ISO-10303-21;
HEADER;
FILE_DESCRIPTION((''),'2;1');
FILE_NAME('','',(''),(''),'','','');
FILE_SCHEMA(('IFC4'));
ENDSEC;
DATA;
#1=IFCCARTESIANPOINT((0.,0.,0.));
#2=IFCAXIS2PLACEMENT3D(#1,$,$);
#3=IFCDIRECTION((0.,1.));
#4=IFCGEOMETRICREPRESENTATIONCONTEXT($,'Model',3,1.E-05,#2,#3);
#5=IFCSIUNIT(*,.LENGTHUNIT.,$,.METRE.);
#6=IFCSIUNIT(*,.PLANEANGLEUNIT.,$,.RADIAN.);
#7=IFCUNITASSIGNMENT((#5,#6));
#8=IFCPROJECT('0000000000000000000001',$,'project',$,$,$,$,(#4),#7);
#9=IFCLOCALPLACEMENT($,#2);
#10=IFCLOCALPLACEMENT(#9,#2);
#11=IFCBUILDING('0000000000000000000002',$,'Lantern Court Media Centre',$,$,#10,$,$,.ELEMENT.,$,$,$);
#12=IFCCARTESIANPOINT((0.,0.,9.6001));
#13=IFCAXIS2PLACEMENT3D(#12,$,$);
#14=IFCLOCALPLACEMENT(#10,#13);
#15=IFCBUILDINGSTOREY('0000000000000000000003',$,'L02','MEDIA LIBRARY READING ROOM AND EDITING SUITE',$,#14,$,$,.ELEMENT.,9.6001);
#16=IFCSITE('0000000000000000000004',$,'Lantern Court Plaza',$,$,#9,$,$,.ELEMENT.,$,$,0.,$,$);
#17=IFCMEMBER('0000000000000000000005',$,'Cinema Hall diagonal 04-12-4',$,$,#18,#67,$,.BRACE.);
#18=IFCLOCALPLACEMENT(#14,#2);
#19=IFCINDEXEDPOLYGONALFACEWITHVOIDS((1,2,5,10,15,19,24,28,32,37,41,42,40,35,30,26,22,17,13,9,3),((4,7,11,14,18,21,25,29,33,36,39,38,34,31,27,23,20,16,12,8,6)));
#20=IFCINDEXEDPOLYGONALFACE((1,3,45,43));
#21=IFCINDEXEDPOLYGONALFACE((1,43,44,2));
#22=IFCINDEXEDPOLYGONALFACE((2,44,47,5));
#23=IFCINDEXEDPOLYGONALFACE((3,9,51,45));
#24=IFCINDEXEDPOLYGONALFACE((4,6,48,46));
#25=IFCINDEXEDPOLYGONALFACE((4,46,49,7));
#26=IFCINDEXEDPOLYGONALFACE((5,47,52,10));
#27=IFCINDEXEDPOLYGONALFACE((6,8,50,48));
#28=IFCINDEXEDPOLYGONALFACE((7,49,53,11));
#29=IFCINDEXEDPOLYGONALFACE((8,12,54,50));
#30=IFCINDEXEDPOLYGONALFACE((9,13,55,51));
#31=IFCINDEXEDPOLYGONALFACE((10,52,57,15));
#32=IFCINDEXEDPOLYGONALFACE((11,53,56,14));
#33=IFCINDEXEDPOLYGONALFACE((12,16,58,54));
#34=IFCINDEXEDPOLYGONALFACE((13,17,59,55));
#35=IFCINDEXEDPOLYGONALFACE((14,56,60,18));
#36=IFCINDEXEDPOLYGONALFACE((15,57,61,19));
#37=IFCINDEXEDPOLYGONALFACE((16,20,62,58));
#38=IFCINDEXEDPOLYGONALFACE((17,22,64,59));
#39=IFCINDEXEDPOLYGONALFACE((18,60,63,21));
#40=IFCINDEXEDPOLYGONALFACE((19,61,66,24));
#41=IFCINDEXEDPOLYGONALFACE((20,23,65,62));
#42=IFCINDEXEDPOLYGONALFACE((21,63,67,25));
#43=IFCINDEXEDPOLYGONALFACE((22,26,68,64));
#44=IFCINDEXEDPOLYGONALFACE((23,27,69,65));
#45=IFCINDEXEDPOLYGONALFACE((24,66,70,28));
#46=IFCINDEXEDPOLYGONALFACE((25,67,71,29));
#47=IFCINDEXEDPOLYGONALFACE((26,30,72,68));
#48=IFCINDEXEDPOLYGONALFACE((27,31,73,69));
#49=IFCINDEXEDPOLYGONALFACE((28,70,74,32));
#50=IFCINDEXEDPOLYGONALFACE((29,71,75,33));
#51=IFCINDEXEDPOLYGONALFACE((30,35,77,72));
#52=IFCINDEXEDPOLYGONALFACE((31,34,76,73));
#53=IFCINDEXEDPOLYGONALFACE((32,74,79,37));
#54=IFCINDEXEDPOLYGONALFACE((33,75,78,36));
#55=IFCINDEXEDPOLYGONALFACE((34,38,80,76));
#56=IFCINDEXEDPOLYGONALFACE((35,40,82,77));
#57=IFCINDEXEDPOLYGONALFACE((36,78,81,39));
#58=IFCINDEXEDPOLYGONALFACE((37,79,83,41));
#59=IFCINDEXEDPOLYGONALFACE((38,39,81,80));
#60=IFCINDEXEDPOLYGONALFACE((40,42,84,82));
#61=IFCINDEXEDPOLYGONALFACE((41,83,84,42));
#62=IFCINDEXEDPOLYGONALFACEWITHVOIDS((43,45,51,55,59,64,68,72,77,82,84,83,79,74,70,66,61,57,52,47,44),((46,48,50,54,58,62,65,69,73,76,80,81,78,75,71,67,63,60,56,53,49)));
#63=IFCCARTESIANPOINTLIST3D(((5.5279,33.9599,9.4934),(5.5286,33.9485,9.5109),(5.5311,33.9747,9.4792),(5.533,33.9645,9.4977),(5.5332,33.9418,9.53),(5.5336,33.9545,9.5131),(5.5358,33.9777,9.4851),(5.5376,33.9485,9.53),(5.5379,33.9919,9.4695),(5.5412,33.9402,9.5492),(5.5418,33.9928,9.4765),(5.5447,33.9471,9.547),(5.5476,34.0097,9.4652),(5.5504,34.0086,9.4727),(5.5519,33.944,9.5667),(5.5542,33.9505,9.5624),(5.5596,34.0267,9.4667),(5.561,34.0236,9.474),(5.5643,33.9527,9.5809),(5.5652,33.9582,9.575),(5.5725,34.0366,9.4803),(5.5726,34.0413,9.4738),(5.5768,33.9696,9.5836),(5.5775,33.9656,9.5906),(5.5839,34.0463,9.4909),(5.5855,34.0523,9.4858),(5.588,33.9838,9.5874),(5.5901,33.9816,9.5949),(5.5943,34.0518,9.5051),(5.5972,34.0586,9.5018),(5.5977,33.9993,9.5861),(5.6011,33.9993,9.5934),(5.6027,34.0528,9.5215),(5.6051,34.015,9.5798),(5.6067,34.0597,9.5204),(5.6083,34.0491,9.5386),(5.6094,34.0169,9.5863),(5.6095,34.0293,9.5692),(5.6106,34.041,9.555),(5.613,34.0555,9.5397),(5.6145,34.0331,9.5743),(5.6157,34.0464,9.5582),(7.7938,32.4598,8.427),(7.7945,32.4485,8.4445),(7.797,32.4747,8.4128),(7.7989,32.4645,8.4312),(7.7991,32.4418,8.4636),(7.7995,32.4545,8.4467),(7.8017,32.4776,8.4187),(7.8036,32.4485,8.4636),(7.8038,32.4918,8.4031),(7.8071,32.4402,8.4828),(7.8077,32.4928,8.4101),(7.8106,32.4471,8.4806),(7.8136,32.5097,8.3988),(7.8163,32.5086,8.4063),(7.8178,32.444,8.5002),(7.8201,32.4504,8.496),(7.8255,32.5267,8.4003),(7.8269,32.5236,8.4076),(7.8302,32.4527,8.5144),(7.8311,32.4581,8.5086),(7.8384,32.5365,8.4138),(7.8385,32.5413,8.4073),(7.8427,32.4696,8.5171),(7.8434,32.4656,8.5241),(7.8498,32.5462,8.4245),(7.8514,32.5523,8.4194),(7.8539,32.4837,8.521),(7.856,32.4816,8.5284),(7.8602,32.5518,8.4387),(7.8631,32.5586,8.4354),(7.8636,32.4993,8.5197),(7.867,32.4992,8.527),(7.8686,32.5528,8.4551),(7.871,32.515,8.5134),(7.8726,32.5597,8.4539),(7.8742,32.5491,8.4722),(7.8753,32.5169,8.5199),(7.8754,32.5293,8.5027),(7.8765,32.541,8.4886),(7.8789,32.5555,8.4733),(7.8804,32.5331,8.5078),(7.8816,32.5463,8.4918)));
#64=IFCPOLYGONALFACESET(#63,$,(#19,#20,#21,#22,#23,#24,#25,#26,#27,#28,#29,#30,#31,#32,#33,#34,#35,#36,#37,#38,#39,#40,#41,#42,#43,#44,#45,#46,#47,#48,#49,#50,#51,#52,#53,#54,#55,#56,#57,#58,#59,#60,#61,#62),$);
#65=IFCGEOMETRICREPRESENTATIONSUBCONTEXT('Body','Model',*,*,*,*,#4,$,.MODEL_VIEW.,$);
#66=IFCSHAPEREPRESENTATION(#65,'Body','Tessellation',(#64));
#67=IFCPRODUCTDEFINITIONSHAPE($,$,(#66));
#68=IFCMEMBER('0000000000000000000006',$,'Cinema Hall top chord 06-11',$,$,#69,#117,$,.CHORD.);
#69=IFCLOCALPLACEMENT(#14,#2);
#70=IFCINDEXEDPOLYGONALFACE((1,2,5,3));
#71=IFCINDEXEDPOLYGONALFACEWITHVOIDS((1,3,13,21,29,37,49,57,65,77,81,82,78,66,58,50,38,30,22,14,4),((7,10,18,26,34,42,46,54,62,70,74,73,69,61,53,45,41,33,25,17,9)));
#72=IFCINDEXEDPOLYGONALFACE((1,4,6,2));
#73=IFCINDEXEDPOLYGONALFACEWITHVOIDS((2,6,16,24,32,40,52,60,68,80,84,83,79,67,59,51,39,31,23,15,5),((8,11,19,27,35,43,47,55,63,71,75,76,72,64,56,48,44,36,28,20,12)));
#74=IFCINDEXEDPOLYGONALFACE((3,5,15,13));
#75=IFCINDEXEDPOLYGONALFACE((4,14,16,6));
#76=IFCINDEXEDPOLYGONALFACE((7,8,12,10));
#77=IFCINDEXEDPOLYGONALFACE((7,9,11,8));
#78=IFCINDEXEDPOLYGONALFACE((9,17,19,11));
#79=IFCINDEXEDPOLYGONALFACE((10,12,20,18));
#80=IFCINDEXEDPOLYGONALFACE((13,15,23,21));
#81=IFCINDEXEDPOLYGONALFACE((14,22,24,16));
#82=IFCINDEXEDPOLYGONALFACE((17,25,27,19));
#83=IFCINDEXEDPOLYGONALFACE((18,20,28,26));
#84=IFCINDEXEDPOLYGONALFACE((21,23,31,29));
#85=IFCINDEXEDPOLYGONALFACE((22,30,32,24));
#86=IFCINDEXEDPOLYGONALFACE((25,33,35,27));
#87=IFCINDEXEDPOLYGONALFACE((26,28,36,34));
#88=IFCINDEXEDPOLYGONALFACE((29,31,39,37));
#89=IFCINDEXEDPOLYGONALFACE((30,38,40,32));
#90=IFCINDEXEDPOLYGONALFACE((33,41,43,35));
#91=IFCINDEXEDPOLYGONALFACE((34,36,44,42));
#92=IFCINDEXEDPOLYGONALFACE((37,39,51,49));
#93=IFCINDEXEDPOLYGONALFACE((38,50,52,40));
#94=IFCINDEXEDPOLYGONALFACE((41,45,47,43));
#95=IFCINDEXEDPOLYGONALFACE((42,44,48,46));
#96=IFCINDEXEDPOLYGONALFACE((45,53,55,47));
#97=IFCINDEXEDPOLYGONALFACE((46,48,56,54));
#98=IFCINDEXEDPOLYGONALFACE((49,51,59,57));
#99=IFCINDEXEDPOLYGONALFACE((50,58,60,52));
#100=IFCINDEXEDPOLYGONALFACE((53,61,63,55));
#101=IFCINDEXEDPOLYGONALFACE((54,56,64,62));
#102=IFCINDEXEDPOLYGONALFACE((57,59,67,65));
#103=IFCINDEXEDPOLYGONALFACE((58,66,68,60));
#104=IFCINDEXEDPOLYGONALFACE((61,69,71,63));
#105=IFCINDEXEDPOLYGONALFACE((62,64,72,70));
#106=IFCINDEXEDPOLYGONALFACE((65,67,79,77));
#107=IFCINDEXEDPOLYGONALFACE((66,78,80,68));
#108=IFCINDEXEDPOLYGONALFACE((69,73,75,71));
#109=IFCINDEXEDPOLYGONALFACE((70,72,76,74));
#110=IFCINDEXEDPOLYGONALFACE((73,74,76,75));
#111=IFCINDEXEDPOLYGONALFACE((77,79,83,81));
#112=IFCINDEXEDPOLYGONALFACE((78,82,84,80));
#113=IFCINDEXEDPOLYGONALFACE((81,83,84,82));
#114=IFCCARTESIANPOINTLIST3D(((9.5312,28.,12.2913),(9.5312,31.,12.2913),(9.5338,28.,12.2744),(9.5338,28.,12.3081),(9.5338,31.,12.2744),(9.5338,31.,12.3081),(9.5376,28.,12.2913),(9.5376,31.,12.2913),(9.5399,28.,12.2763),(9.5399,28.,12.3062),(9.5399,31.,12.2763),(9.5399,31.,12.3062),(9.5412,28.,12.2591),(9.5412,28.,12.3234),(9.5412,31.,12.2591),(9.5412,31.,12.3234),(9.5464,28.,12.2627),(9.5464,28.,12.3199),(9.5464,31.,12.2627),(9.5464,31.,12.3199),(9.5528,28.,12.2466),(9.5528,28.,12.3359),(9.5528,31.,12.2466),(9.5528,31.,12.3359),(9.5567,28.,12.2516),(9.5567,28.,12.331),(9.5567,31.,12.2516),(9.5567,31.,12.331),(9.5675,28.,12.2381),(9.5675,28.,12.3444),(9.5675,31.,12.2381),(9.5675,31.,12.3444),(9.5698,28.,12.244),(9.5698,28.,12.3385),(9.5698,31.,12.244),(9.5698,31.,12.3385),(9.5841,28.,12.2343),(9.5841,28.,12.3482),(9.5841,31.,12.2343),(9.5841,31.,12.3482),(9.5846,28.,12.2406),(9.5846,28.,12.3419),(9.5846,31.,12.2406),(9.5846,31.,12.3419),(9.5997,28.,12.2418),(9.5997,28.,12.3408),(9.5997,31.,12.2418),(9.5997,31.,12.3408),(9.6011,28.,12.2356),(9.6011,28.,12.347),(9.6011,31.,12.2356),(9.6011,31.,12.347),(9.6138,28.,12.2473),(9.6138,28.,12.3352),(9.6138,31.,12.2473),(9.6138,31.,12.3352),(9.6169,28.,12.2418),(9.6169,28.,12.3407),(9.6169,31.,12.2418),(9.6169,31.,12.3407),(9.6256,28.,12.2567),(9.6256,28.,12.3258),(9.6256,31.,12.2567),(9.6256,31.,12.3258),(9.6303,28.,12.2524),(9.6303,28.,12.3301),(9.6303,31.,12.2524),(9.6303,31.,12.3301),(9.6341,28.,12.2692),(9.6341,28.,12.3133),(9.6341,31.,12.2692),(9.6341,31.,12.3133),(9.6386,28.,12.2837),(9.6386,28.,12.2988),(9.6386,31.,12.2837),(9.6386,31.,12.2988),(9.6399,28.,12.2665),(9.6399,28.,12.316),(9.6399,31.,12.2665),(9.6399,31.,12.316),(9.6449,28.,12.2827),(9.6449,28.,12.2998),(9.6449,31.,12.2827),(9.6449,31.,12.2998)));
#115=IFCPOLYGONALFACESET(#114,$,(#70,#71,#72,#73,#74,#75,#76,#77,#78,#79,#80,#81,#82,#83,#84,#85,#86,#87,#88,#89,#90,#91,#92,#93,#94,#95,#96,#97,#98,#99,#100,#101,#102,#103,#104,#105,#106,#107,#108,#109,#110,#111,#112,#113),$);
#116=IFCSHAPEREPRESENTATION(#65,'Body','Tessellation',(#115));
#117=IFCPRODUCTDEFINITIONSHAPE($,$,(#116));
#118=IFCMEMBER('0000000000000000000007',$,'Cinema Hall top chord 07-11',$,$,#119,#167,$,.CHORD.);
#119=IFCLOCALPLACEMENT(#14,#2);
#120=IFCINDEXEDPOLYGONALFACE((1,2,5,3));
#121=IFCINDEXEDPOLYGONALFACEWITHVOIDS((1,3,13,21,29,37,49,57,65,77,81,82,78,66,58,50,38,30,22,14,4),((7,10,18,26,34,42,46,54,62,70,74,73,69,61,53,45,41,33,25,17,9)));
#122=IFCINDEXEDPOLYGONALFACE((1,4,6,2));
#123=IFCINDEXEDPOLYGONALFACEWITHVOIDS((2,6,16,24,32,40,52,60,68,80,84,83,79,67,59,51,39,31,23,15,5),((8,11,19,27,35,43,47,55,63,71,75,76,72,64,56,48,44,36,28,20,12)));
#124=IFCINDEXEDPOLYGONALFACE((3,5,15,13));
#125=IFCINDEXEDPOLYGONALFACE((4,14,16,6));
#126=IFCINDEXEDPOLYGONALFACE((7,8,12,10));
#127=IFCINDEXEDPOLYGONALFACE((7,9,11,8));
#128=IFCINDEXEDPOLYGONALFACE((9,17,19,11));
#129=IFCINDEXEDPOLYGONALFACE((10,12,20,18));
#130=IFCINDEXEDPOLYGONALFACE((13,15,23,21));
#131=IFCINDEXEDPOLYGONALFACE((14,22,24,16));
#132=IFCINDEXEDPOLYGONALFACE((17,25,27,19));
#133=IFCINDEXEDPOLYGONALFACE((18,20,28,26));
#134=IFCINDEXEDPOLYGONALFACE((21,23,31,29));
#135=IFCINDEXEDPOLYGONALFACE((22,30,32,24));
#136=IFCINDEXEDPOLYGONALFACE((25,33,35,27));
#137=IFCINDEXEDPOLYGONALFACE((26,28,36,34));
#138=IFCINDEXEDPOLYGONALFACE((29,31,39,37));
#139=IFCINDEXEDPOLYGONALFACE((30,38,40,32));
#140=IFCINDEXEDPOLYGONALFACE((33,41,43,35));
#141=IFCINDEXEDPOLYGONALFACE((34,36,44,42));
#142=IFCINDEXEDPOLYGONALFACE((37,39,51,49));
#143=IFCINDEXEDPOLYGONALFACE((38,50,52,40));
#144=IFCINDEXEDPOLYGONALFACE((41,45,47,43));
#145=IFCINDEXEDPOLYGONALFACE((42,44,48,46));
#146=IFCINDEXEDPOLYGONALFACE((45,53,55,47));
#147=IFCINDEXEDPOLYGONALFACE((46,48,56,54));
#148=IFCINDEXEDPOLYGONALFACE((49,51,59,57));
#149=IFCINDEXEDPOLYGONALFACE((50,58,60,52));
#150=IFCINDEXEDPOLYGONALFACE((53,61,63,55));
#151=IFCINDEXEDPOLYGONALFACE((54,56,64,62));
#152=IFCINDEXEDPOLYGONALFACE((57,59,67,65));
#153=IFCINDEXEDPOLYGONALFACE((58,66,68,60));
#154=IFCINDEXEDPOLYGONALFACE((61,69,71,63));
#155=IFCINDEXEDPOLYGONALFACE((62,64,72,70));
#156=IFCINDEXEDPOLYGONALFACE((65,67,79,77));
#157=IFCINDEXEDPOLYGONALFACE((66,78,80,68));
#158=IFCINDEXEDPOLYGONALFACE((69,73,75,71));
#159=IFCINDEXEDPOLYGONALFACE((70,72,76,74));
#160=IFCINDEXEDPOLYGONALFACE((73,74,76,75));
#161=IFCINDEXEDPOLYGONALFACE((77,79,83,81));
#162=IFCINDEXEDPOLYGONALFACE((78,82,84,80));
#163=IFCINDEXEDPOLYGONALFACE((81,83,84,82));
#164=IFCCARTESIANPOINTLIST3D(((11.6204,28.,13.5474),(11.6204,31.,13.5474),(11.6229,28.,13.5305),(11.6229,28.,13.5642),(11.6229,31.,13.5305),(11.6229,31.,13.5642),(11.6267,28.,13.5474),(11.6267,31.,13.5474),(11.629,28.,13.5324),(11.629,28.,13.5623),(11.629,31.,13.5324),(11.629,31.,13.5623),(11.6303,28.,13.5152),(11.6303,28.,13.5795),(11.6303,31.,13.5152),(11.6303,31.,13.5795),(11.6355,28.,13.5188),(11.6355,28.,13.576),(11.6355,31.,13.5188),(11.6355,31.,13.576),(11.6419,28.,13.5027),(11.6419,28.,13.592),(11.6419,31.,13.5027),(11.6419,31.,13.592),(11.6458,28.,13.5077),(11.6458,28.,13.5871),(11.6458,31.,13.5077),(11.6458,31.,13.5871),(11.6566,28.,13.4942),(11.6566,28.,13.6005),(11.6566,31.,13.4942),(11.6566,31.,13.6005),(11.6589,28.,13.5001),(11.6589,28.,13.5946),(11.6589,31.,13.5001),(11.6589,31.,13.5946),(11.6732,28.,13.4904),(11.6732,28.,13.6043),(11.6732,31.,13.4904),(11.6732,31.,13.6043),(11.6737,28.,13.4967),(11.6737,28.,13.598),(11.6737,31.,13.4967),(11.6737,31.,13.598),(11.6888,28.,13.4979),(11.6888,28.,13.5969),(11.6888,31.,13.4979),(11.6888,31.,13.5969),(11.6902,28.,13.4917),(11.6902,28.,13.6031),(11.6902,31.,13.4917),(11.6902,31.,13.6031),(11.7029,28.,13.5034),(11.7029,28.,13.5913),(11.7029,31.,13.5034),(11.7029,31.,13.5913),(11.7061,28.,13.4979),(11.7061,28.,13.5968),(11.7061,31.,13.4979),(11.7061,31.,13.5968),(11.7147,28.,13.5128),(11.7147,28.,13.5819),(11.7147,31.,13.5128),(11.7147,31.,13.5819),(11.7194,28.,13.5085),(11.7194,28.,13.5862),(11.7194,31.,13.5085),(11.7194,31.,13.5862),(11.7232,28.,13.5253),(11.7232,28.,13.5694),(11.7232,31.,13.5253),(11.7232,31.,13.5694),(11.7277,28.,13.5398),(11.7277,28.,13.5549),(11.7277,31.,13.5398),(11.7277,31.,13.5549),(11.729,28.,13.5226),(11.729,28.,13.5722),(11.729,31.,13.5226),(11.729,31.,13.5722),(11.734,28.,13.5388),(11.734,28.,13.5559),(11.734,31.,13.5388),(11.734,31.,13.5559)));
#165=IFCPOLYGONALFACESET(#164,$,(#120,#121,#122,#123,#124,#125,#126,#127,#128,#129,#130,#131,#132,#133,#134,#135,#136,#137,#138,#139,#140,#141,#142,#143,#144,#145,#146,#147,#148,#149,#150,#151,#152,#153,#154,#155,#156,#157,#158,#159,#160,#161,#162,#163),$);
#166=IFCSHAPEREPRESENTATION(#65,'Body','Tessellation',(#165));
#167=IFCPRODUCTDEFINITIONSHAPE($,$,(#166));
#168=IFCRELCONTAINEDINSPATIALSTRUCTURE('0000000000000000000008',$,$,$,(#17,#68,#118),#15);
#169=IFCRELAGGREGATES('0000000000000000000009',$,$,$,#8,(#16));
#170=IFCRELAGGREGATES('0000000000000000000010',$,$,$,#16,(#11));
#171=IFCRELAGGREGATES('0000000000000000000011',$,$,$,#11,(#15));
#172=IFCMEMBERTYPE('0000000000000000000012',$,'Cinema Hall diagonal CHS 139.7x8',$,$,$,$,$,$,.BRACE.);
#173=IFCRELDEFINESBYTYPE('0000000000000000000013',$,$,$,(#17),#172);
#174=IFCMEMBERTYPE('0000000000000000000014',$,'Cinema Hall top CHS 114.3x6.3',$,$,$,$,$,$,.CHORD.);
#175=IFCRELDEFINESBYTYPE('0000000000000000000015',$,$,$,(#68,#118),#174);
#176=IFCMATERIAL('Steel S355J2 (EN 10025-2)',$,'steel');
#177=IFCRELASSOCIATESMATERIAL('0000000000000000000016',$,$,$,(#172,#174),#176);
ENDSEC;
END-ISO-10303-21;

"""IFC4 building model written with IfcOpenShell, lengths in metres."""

from ifc_helpers import new_model, si_unit, direction, frame, origin, origin_2d, place, context, subcontext, project, spatial, hollow_circle, extrude, material, material_profile, profile_set, type_object, element, save


model = new_model("IFC4")

# Units and contexts
model_context = context("Model", 3, precision=1e-05, world=origin(), true_north=direction((0.0, 1.0)))
body_context = subcontext(model_context, "Body", "Model", "MODEL_VIEW")
ifc_project = project(units=[si_unit("LENGTHUNIT", "METRE"), si_unit("PLANEANGLEUNIT", "RADIAN")], contexts=[model_context])

# Site, building, storey
site_placement = place(None, origin())
site = spatial("IfcSite", under=ifc_project, at=site_placement, Name="Lantern Court Plaza", CompositionType="ELEMENT", RefElevation=0.0)
building_placement = place(site_placement, origin())
building = spatial("IfcBuilding", under=site, at=building_placement, Name="Lantern Court Media Centre", CompositionType="ELEMENT")
storey_placement = place(building_placement, frame((0.0, 0.0, 9.6001)))
storey = spatial("IfcBuildingStorey", under=building, at=storey_placement, Name="L02", Description="MEDIA LIBRARY READING ROOM AND EDITING SUITE", CompositionType="ELEMENT", Elevation=9.6001)

# Members
ifc_material = material(Name="Steel S355J2 (EN 10025-2)", Category="steel")
ifc_material_profile_1 = material_profile(ifc_material, hollow_circle(Radius=0.0698, WallThickness=0.0081, at=origin_2d()), Name="Cinema Hall diagonal CHS 139.7x8")
ifc_profile_set_1 = profile_set([ifc_material_profile_1], Name="Steel S355J2 (EN 10025-2)")
member_type_1 = type_object("IfcMemberType", Name="Cinema Hall diagonal CHS 139.7x8", PredefinedType="BRACE", material=ifc_profile_set_1)
member_1_placement = place(storey_placement, frame((7.8376, 32.5, 8.4636), z_axis=(-0.776211, 0.51385, 0.365315), x_axis=(-0.552002, -0.833843, 0.0)))
element("IfcMember", 1, at=member_1_placement, inside=storey, type_object=member_type_1, Name="Cinema Hall diagonal 04-12-4", PredefinedType="BRACE", context=body_context, shape_type="SweptSolid", body=[
    extrude(hollow_circle(Radius=0.0698, WallThickness=0.0081, at=origin_2d()), origin(), (0.0, 0.0, 1.0), 2.9192),
])
ifc_material_profile_2 = material_profile(ifc_material, hollow_circle(Radius=0.0571, WallThickness=0.0063, at=origin_2d()), Name="Cinema Hall top CHS 114.3x6.3")
ifc_profile_set_2 = profile_set([ifc_material_profile_2], Name="Steel S355J2 (EN 10025-2)")
member_type_2 = type_object("IfcMemberType", Name="Cinema Hall top CHS 114.3x6.3", PredefinedType="CHORD", material=ifc_profile_set_2)
for number, where, z_axis, x_axis, name in (
    (2, (9.5884, 28.0, 12.2913), (0.0, 1.0, 0.0), (-1.0, 0.0, 0.0), "Cinema Hall top chord 06-11"),
    (3, (11.6775, 28.0, 13.5474), (0.0, 1.0, 0.0), (-1.0, 0.0, 0.0), "Cinema Hall top chord 07-11"),
):
    element("IfcMember", number, at=place(storey_placement, frame(where, z_axis=z_axis, x_axis=x_axis)), inside=storey, type_object=member_type_2, Name=name, PredefinedType="CHORD", context=body_context, shape_type="SweptSolid", body=[
        extrude(hollow_circle(Radius=0.0571, WallThickness=0.0063, at=origin_2d()), origin(), (0.0, 0.0, 1.0), 3.0),
    ])

save(model, "model.ifc")
